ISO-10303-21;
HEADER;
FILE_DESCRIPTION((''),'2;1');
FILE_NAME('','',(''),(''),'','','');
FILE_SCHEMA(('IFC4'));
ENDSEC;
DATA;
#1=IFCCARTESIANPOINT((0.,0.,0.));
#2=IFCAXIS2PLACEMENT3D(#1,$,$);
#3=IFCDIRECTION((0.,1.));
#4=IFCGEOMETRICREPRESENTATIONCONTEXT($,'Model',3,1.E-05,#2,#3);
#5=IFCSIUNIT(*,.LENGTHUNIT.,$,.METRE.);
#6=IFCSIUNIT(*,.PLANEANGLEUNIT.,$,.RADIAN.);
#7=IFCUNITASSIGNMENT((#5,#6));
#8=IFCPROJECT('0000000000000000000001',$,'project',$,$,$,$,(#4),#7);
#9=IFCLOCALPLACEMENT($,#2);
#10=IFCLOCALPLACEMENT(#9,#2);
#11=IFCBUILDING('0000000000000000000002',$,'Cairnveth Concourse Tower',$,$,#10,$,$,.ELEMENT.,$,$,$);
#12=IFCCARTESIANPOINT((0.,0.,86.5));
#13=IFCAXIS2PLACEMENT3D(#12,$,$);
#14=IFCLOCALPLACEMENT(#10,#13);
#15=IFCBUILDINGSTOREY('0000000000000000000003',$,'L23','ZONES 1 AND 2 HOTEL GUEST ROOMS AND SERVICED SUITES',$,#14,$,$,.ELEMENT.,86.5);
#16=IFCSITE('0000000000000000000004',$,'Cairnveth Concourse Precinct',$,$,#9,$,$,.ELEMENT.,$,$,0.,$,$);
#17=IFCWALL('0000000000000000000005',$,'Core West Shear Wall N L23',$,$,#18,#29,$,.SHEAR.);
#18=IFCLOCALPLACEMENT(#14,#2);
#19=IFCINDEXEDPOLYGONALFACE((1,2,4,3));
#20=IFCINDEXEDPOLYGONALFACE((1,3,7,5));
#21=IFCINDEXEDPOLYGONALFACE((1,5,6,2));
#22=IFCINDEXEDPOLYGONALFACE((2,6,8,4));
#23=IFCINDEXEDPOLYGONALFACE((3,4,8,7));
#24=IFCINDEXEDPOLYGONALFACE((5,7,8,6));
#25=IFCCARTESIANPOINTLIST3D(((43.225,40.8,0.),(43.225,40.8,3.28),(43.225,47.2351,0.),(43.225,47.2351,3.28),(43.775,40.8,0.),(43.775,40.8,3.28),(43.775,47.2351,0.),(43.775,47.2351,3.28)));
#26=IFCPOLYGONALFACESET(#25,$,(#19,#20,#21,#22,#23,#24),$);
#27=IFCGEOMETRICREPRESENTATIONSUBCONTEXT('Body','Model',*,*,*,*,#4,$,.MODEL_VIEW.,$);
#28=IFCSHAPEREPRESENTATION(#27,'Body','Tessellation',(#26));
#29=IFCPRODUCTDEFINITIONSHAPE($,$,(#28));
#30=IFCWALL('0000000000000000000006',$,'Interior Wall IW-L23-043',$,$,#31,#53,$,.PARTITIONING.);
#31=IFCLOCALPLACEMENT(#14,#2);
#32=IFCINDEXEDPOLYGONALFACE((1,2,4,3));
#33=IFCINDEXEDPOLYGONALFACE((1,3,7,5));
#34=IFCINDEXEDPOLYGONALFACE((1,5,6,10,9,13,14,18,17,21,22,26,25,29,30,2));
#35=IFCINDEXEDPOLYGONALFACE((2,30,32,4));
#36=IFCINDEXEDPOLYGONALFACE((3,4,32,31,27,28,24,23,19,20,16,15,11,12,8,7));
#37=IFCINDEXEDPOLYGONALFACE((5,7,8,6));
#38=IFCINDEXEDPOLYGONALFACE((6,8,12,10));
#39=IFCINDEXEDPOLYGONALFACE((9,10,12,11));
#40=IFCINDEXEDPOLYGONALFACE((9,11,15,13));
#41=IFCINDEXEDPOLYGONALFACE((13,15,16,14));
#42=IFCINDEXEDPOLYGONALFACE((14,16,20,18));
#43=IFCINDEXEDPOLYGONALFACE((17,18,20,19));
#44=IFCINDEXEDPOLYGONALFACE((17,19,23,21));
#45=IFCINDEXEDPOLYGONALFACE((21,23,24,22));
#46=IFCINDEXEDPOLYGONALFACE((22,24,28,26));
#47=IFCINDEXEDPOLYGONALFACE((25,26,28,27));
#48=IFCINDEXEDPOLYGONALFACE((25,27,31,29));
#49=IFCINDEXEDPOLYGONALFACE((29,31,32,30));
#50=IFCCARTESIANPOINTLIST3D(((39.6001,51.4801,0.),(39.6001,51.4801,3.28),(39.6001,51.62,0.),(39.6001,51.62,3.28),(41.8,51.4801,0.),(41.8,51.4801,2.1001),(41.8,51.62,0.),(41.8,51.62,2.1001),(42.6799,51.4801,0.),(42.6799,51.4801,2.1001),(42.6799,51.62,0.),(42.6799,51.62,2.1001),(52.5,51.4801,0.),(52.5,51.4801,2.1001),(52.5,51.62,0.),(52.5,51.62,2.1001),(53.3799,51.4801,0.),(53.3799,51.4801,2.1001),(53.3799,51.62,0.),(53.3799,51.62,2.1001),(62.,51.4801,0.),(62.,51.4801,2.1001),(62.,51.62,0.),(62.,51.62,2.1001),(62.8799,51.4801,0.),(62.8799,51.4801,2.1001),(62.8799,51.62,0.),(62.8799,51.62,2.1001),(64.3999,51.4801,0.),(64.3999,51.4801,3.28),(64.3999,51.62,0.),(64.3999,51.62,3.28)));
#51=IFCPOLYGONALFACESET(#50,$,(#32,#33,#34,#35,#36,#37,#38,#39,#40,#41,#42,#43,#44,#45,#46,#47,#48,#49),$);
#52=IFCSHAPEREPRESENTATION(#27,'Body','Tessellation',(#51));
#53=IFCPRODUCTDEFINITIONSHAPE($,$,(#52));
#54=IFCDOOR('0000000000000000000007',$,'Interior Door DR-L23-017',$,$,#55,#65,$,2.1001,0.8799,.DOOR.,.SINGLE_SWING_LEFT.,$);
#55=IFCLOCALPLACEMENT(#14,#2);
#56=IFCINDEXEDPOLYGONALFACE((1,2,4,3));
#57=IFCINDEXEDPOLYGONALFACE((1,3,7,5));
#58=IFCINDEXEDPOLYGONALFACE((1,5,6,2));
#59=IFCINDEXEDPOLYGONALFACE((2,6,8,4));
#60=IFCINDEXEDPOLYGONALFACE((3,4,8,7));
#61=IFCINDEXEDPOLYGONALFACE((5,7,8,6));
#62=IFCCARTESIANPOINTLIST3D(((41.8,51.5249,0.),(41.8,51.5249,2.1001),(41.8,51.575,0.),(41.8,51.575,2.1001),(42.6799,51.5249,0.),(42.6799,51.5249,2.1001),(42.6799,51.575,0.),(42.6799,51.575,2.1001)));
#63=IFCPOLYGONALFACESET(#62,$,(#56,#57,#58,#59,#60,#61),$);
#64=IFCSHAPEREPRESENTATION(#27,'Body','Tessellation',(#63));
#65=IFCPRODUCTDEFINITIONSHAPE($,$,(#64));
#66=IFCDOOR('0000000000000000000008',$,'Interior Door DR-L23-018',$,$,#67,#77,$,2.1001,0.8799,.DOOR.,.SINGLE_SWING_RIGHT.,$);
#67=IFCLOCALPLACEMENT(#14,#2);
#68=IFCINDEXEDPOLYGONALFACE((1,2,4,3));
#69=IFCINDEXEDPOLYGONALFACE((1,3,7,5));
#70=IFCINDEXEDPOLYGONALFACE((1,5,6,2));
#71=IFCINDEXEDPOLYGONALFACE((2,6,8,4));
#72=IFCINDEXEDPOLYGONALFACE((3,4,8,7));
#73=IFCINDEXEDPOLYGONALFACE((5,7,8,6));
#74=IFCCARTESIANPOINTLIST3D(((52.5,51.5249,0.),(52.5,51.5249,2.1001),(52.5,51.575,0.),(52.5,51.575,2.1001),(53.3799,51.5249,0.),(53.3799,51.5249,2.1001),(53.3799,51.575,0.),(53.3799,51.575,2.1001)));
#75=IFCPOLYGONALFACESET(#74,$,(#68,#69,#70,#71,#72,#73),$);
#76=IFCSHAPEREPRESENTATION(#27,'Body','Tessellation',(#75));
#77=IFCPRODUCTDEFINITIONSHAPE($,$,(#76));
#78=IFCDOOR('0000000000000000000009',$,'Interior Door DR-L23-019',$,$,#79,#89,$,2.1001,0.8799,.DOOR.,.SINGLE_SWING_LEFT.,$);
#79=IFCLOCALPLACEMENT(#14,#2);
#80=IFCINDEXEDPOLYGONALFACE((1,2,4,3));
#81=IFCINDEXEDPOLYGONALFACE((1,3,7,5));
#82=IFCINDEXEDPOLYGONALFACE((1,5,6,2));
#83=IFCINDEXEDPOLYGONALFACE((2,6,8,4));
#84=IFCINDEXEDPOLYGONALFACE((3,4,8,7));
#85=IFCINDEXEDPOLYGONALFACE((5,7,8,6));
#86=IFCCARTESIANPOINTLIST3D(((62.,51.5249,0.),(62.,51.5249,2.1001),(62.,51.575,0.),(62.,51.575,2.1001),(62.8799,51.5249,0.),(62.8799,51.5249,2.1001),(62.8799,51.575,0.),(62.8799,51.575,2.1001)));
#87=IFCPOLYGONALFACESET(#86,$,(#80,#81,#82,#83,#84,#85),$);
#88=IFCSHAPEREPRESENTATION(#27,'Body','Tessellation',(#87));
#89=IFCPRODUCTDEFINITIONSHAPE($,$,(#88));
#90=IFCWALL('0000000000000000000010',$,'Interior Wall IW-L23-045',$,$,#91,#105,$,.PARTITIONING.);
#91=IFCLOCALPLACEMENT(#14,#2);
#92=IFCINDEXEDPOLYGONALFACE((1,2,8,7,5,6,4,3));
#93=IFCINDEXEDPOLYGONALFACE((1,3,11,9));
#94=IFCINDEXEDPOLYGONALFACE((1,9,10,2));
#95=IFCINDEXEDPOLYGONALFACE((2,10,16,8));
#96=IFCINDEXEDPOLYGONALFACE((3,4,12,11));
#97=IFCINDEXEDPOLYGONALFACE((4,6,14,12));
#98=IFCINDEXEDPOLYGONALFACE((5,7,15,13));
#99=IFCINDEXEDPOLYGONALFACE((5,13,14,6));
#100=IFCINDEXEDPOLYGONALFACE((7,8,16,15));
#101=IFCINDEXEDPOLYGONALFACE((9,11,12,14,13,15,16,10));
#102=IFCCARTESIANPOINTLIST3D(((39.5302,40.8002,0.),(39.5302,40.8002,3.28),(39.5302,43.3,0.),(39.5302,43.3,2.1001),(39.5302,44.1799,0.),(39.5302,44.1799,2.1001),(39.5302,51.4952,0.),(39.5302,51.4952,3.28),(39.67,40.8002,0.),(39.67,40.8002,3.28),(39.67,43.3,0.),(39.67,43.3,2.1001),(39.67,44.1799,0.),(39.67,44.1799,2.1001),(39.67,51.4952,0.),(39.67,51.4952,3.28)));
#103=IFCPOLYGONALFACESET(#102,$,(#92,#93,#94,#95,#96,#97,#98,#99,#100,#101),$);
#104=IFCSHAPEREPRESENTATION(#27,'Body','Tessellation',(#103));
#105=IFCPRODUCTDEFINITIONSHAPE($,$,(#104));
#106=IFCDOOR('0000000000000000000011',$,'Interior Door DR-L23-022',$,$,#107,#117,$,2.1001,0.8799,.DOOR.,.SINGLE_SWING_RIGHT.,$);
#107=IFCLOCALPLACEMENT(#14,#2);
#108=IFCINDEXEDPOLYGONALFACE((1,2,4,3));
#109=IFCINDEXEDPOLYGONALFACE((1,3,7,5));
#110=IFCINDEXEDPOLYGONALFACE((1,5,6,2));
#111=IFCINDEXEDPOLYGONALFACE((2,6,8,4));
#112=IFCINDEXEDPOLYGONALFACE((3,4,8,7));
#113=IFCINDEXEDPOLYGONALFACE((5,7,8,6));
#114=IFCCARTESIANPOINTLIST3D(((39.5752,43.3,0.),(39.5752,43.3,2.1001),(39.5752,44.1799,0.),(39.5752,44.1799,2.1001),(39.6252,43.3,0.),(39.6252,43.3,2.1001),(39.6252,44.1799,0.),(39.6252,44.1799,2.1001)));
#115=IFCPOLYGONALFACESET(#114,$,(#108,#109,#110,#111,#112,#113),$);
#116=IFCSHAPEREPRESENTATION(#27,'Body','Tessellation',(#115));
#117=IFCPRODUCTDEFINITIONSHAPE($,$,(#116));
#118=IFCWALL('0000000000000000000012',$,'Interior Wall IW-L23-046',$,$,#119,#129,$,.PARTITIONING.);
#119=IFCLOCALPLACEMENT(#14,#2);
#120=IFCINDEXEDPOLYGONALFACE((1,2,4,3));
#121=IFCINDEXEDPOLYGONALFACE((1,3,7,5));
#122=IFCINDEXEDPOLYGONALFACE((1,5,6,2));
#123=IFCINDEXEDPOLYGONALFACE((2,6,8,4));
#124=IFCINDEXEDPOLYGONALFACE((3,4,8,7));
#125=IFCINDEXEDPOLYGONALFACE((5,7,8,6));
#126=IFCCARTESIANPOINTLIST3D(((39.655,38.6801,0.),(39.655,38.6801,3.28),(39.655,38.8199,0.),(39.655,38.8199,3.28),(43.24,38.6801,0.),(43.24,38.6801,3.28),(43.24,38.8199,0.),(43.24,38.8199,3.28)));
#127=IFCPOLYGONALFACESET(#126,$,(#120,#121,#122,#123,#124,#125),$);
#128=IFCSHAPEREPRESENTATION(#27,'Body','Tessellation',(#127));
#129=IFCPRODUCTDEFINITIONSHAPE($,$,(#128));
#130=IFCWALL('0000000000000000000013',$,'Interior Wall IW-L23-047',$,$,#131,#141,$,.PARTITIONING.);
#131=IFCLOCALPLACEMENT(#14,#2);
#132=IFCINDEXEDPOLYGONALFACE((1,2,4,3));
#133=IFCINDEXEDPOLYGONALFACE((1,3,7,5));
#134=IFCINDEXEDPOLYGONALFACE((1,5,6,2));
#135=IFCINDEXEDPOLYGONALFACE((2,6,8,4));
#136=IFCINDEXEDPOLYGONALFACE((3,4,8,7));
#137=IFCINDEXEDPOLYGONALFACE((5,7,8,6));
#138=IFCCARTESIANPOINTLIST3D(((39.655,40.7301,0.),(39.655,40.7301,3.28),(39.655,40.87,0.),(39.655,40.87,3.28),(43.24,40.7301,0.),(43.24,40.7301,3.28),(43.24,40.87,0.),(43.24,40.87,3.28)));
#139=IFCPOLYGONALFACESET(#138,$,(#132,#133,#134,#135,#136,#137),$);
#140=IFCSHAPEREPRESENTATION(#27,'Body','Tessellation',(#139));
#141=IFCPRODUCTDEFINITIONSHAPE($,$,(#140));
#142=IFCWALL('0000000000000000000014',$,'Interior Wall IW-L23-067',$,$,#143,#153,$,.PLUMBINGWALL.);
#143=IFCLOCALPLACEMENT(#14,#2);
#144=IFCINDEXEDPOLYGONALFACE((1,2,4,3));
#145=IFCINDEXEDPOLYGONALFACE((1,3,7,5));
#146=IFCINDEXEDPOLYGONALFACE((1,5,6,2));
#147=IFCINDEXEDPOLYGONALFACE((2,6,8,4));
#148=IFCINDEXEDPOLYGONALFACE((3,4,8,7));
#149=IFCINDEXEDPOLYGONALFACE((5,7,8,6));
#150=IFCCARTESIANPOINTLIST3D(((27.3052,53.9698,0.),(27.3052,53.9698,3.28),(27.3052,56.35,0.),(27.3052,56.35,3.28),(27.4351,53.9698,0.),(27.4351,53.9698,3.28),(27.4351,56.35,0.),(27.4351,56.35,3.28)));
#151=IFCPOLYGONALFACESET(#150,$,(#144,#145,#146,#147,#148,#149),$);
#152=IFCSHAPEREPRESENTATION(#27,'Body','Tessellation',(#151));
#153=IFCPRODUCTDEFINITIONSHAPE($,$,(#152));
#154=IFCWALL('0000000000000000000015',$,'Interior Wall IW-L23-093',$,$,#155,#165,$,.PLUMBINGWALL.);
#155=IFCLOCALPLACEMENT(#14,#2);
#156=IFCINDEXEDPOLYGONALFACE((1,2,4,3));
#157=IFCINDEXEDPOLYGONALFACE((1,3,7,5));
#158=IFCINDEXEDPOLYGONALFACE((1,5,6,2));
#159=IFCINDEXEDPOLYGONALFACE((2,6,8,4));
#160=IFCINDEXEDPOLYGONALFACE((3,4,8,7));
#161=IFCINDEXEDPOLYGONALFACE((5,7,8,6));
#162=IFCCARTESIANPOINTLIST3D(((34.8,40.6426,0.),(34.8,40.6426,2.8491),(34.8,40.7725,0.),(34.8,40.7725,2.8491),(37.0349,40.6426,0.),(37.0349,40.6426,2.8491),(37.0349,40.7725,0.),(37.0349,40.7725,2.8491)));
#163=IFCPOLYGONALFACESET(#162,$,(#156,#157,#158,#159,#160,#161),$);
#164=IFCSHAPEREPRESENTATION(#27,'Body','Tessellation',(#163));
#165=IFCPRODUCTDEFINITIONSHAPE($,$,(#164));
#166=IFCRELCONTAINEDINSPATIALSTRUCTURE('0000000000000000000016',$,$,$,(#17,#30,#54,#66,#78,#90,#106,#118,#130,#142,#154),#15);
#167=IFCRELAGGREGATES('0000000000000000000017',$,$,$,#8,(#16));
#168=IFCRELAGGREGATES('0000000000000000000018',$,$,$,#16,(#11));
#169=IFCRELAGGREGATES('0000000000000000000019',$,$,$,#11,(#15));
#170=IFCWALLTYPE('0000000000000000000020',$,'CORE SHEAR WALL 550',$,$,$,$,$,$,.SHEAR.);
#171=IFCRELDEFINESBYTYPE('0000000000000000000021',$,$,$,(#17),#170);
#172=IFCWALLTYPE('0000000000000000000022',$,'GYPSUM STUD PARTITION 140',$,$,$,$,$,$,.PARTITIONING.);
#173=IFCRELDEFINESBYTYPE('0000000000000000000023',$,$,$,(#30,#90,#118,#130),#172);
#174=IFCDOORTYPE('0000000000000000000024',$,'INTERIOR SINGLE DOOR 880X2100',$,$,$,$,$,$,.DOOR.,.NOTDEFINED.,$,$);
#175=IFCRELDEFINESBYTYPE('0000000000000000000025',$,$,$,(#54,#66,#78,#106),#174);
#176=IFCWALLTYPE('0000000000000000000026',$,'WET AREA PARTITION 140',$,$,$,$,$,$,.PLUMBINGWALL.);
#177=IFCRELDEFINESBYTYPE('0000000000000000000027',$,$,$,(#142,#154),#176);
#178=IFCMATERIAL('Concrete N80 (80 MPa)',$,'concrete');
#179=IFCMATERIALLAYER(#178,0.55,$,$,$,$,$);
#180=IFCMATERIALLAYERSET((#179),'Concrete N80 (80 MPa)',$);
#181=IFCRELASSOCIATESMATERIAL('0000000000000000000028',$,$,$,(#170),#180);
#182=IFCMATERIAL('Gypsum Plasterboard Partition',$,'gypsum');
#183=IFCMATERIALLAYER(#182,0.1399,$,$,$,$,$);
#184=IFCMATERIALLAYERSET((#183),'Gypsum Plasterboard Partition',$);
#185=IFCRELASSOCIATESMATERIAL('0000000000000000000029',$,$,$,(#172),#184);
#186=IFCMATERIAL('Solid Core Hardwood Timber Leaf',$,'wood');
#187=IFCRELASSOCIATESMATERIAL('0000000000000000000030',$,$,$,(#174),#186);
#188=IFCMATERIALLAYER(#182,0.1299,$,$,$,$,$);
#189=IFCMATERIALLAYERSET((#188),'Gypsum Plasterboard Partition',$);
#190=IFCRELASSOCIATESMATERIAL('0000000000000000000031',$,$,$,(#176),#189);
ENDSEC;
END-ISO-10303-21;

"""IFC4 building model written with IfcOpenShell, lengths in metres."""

from ifc_helpers import new_model, si_unit, direction, frame, frame_2d, origin, place, context, subcontext, project, spatial, rectangle, extrude, material, layer, layer_set, type_object, element, fill, save


model = new_model("IFC4")

# Units and contexts
model_context = context("Model", 3, precision=1e-05, world=origin(), true_north=direction((0.0, 1.0)))
body_context = subcontext(model_context, "Body", "Model", "MODEL_VIEW")
ifc_project = project(units=[si_unit("LENGTHUNIT", "METRE"), si_unit("PLANEANGLEUNIT", "RADIAN")], contexts=[model_context])

# Site, building, storey
site_placement = place(None, origin())
site = spatial("IfcSite", under=ifc_project, at=site_placement, Name="Cairnveth Concourse Precinct", CompositionType="ELEMENT", RefElevation=0.0)
building_placement = place(site_placement, origin())
building = spatial("IfcBuilding", under=site, at=building_placement, Name="Cairnveth Concourse Tower", CompositionType="ELEMENT")
storey_placement = place(building_placement, frame((0.0, 0.0, 86.5)))
storey = spatial("IfcBuildingStorey", under=building, at=storey_placement, Name="L23", Description="ZONES 1 AND 2 HOTEL GUEST ROOMS AND SERVICED SUITES", CompositionType="ELEMENT", Elevation=86.5)

# Shared definitions
ifc_material_1 = material(Name="Concrete N80 (80 MPa)", Category="concrete")

# Wall
ifc_material_2 = material(Name="Gypsum Plasterboard Partition", Category="gypsum")
ifc_layer_1 = layer(ifc_material_1, 0.55)
ifc_layer_set_1 = layer_set([ifc_layer_1], Name="Concrete N80 (80 MPa)")
wall_type_1 = type_object("IfcWallType", Name="CORE SHEAR WALL 550", PredefinedType="SHEAR", material=ifc_layer_set_1)
wall_1_placement = place(storey_placement, frame((43.5, 40.8, 0.0), z_axis=(0.0, 0.0, 1.0), x_axis=(0.0, 1.0, 0.0)))
element("IfcWall", 1, at=wall_1_placement, inside=storey, type_object=wall_type_1, Name="Core West Shear Wall N L23", PredefinedType="SHEAR", context=body_context, shape_type="SweptSolid", body=[
    extrude(rectangle(XDim=6.4351, YDim=0.55, at=frame_2d((3.2175, 0.0))), origin(), (0.0, 0.0, 1.0), 3.28),
])

# Wall, openings, doors
ifc_layer_2 = layer(ifc_material_2, 0.1399)
ifc_layer_set_2 = layer_set([ifc_layer_2], Name="Gypsum Plasterboard Partition")
wall_type_2 = type_object("IfcWallType", Name="GYPSUM STUD PARTITION 140", PredefinedType="PARTITIONING", material=ifc_layer_set_2)
wall_2_placement = place(storey_placement, frame((39.6001, 51.55, 0.0), z_axis=(0.0, 0.0, 1.0), x_axis=(1.0, 0.0, 0.0)))
wall_2 = element("IfcWall", 2, at=wall_2_placement, inside=storey, type_object=wall_type_2, Name="Interior Wall IW-L23-043", PredefinedType="PARTITIONING", context=body_context, shape_type="SweptSolid", body=[
    extrude(rectangle(XDim=24.7998, YDim=0.1399, at=frame_2d((12.3999, 0.0))), origin(), (0.0, 0.0, 1.0), 3.28),
])
opening_1_placement = place(wall_2_placement, frame((2.2, 0.0, 0.0)))
opening_1 = element("IfcOpeningElement", 3, at=opening_1_placement, cuts=wall_2, PredefinedType="OPENING", context=body_context, shape_type="SweptSolid", body=[
    extrude(rectangle(XDim=0.8799, YDim=2.1001, at=frame_2d((0.4399, 1.05))), frame((0.0, 0.0798, 0.0), z_axis=(0.0, -1.0, 0.0), x_axis=(1.0, 0.0, 0.0)), (0.0, 0.0, 1.0), 0.1599),
])
opening_2_placement = place(wall_2_placement, frame((12.8999, 0.0, 0.0)))
opening_2 = element("IfcOpeningElement", 4, at=opening_2_placement, cuts=wall_2, PredefinedType="OPENING", context=body_context, shape_type="SweptSolid", body=[
    extrude(rectangle(XDim=0.8799, YDim=2.1001, at=frame_2d((0.4399, 1.05))), frame((0.0, 0.0798, 0.0), z_axis=(0.0, -1.0, 0.0), x_axis=(1.0, 0.0, 0.0)), (0.0, 0.0, 1.0), 0.1599),
])
opening_3_placement = place(wall_2_placement, frame((22.3999, 0.0, 0.0)))
opening_3 = element("IfcOpeningElement", 5, at=opening_3_placement, cuts=wall_2, PredefinedType="OPENING", context=body_context, shape_type="SweptSolid", body=[
    extrude(rectangle(XDim=0.8799, YDim=2.1001, at=frame_2d((0.4399, 1.05))), frame((0.0, 0.0798, 0.0), z_axis=(0.0, -1.0, 0.0), x_axis=(1.0, 0.0, 0.0)), (0.0, 0.0, 1.0), 0.1599),
])
ifc_material_3 = material(Name="Solid Core Hardwood Timber Leaf", Category="wood")
door_type_1 = type_object("IfcDoorType", Name="INTERIOR SINGLE DOOR 880X2100", OperationType="NOTDEFINED", PredefinedType="DOOR", material=ifc_material_3)
door_1_placement = place(opening_1_placement, origin())
door_1 = element("IfcDoor", 6, at=door_1_placement, inside=storey, type_object=door_type_1, Name="Interior Door DR-L23-017", OperationType="SINGLE_SWING_LEFT", OverallHeight=2.1001, OverallWidth=0.8799, PredefinedType="DOOR", context=body_context, shape_type="SweptSolid", body=[
    extrude(rectangle(XDim=0.8799, YDim=2.1001, at=frame_2d((0.4399, 1.05))), frame((0.0, 0.0249, 0.0), z_axis=(0.0, -1.0, 0.0), x_axis=(1.0, 0.0, 0.0)), (0.0, 0.0, 1.0), 0.05),
])
fill(opening_1, door_1)
door_2_placement = place(opening_2_placement, origin())
door_2 = element("IfcDoor", 7, at=door_2_placement, inside=storey, type_object=door_type_1, Name="Interior Door DR-L23-018", OperationType="SINGLE_SWING_RIGHT", OverallHeight=2.1001, OverallWidth=0.8799, PredefinedType="DOOR", context=body_context, shape_type="SweptSolid", body=[
    extrude(rectangle(XDim=0.8799, YDim=2.1001, at=frame_2d((0.4399, 1.05))), frame((0.0, 0.0249, 0.0), z_axis=(0.0, -1.0, 0.0), x_axis=(1.0, 0.0, 0.0)), (0.0, 0.0, 1.0), 0.05),
])
fill(opening_2, door_2)
door_3_placement = place(opening_3_placement, origin())
door_3 = element("IfcDoor", 8, at=door_3_placement, inside=storey, type_object=door_type_1, Name="Interior Door DR-L23-019", OperationType="SINGLE_SWING_LEFT", OverallHeight=2.1001, OverallWidth=0.8799, PredefinedType="DOOR", context=body_context, shape_type="SweptSolid", body=[
    extrude(rectangle(XDim=0.8799, YDim=2.1001, at=frame_2d((0.4399, 1.05))), frame((0.0, 0.0249, 0.0), z_axis=(0.0, -1.0, 0.0), x_axis=(1.0, 0.0, 0.0)), (0.0, 0.0, 1.0), 0.05),
])
fill(opening_3, door_3)

# Wall, opening, door
wall_3_placement = place(storey_placement, frame((39.6001, 40.8, 0.0), z_axis=(0.0, 0.0, 1.0), x_axis=(0.0, 1.0, 0.0)))
wall_3 = element("IfcWall", 9, at=wall_3_placement, inside=storey, type_object=wall_type_2, Name="Interior Wall IW-L23-045", PredefinedType="PARTITIONING", context=body_context, shape_type="SweptSolid", body=[
    extrude(rectangle(XDim=10.6951, YDim=0.1399, at=frame_2d((5.3477, 0.0))), origin(), (0.0, 0.0, 1.0), 3.28),
])
opening_4_placement = place(wall_3_placement, frame((2.5, 0.0, 0.0)))
opening_4 = element("IfcOpeningElement", 10, at=opening_4_placement, cuts=wall_3, PredefinedType="OPENING", context=body_context, shape_type="SweptSolid", body=[
    extrude(rectangle(XDim=0.8799, YDim=2.1001, at=frame_2d((0.4399, 1.05))), frame((0.0, 0.0798, 0.0), z_axis=(0.0, -1.0, 0.0), x_axis=(1.0, 0.0, 0.0)), (0.0, 0.0, 1.0), 0.1599),
])
door_4_placement = place(opening_4_placement, origin())
door_4 = element("IfcDoor", 11, at=door_4_placement, inside=storey, type_object=door_type_1, Name="Interior Door DR-L23-022", OperationType="SINGLE_SWING_RIGHT", OverallHeight=2.1001, OverallWidth=0.8799, PredefinedType="DOOR", context=body_context, shape_type="SweptSolid", body=[
    extrude(rectangle(XDim=0.8799, YDim=2.1001, at=frame_2d((0.4399, 1.05))), frame((0.0, 0.0249, 0.0), z_axis=(0.0, -1.0, 0.0), x_axis=(1.0, 0.0, 0.0)), (0.0, 0.0, 1.0), 0.05),
])
fill(opening_4, door_4)

# Walls
for number, where, z_axis, x_axis, name in (
    (12, (39.655, 38.75, 0.0), (0.0, 0.0, 1.0), (1.0, 0.0, 0.0), "Interior Wall IW-L23-046"),
    (13, (39.655, 40.8, 0.0), (0.0, 0.0, 1.0), (1.0, 0.0, 0.0), "Interior Wall IW-L23-047"),
):
    element("IfcWall", number, at=place(storey_placement, frame(where, z_axis=z_axis, x_axis=x_axis)), inside=storey, type_object=wall_type_2, Name=name, PredefinedType="PARTITIONING", context=body_context, shape_type="SweptSolid", body=[
        extrude(rectangle(XDim=3.585, YDim=0.1399, at=frame_2d((1.7925, 0.0))), origin(), (0.0, 0.0, 1.0), 3.28),
    ])
ifc_layer_3 = layer(ifc_material_2, 0.1299)
ifc_layer_set_3 = layer_set([ifc_layer_3], Name="Gypsum Plasterboard Partition")
wall_type_3 = type_object("IfcWallType", Name="WET AREA PARTITION 140", PredefinedType="PLUMBINGWALL", material=ifc_layer_set_3)
wall_4_placement = place(storey_placement, frame((27.3701, 53.97, 0.0), z_axis=(0.0, 0.0, 1.0), x_axis=(0.0, 1.0, 0.0)))
element("IfcWall", 14, at=wall_4_placement, inside=storey, type_object=wall_type_3, Name="Interior Wall IW-L23-067", PredefinedType="PLUMBINGWALL", context=body_context, shape_type="SweptSolid", body=[
    extrude(rectangle(XDim=2.3801, YDim=0.1299, at=frame_2d((1.1899, 0.0))), origin(), (0.0, 0.0, 1.0), 3.28),
])
wall_5_placement = place(storey_placement, frame((34.8, 40.7075, 0.0), z_axis=(0.0, 0.0, 1.0), x_axis=(1.0, 0.0, 0.0)))
element("IfcWall", 15, at=wall_5_placement, inside=storey, type_object=wall_type_3, Name="Interior Wall IW-L23-093", PredefinedType="PLUMBINGWALL", context=body_context, shape_type="SweptSolid", body=[
    extrude(rectangle(XDim=2.2349, YDim=0.1299, at=frame_2d((1.1174, 0.0))), origin(), (0.0, 0.0, 1.0), 2.8491),
])

save(model, "model.ifc")
